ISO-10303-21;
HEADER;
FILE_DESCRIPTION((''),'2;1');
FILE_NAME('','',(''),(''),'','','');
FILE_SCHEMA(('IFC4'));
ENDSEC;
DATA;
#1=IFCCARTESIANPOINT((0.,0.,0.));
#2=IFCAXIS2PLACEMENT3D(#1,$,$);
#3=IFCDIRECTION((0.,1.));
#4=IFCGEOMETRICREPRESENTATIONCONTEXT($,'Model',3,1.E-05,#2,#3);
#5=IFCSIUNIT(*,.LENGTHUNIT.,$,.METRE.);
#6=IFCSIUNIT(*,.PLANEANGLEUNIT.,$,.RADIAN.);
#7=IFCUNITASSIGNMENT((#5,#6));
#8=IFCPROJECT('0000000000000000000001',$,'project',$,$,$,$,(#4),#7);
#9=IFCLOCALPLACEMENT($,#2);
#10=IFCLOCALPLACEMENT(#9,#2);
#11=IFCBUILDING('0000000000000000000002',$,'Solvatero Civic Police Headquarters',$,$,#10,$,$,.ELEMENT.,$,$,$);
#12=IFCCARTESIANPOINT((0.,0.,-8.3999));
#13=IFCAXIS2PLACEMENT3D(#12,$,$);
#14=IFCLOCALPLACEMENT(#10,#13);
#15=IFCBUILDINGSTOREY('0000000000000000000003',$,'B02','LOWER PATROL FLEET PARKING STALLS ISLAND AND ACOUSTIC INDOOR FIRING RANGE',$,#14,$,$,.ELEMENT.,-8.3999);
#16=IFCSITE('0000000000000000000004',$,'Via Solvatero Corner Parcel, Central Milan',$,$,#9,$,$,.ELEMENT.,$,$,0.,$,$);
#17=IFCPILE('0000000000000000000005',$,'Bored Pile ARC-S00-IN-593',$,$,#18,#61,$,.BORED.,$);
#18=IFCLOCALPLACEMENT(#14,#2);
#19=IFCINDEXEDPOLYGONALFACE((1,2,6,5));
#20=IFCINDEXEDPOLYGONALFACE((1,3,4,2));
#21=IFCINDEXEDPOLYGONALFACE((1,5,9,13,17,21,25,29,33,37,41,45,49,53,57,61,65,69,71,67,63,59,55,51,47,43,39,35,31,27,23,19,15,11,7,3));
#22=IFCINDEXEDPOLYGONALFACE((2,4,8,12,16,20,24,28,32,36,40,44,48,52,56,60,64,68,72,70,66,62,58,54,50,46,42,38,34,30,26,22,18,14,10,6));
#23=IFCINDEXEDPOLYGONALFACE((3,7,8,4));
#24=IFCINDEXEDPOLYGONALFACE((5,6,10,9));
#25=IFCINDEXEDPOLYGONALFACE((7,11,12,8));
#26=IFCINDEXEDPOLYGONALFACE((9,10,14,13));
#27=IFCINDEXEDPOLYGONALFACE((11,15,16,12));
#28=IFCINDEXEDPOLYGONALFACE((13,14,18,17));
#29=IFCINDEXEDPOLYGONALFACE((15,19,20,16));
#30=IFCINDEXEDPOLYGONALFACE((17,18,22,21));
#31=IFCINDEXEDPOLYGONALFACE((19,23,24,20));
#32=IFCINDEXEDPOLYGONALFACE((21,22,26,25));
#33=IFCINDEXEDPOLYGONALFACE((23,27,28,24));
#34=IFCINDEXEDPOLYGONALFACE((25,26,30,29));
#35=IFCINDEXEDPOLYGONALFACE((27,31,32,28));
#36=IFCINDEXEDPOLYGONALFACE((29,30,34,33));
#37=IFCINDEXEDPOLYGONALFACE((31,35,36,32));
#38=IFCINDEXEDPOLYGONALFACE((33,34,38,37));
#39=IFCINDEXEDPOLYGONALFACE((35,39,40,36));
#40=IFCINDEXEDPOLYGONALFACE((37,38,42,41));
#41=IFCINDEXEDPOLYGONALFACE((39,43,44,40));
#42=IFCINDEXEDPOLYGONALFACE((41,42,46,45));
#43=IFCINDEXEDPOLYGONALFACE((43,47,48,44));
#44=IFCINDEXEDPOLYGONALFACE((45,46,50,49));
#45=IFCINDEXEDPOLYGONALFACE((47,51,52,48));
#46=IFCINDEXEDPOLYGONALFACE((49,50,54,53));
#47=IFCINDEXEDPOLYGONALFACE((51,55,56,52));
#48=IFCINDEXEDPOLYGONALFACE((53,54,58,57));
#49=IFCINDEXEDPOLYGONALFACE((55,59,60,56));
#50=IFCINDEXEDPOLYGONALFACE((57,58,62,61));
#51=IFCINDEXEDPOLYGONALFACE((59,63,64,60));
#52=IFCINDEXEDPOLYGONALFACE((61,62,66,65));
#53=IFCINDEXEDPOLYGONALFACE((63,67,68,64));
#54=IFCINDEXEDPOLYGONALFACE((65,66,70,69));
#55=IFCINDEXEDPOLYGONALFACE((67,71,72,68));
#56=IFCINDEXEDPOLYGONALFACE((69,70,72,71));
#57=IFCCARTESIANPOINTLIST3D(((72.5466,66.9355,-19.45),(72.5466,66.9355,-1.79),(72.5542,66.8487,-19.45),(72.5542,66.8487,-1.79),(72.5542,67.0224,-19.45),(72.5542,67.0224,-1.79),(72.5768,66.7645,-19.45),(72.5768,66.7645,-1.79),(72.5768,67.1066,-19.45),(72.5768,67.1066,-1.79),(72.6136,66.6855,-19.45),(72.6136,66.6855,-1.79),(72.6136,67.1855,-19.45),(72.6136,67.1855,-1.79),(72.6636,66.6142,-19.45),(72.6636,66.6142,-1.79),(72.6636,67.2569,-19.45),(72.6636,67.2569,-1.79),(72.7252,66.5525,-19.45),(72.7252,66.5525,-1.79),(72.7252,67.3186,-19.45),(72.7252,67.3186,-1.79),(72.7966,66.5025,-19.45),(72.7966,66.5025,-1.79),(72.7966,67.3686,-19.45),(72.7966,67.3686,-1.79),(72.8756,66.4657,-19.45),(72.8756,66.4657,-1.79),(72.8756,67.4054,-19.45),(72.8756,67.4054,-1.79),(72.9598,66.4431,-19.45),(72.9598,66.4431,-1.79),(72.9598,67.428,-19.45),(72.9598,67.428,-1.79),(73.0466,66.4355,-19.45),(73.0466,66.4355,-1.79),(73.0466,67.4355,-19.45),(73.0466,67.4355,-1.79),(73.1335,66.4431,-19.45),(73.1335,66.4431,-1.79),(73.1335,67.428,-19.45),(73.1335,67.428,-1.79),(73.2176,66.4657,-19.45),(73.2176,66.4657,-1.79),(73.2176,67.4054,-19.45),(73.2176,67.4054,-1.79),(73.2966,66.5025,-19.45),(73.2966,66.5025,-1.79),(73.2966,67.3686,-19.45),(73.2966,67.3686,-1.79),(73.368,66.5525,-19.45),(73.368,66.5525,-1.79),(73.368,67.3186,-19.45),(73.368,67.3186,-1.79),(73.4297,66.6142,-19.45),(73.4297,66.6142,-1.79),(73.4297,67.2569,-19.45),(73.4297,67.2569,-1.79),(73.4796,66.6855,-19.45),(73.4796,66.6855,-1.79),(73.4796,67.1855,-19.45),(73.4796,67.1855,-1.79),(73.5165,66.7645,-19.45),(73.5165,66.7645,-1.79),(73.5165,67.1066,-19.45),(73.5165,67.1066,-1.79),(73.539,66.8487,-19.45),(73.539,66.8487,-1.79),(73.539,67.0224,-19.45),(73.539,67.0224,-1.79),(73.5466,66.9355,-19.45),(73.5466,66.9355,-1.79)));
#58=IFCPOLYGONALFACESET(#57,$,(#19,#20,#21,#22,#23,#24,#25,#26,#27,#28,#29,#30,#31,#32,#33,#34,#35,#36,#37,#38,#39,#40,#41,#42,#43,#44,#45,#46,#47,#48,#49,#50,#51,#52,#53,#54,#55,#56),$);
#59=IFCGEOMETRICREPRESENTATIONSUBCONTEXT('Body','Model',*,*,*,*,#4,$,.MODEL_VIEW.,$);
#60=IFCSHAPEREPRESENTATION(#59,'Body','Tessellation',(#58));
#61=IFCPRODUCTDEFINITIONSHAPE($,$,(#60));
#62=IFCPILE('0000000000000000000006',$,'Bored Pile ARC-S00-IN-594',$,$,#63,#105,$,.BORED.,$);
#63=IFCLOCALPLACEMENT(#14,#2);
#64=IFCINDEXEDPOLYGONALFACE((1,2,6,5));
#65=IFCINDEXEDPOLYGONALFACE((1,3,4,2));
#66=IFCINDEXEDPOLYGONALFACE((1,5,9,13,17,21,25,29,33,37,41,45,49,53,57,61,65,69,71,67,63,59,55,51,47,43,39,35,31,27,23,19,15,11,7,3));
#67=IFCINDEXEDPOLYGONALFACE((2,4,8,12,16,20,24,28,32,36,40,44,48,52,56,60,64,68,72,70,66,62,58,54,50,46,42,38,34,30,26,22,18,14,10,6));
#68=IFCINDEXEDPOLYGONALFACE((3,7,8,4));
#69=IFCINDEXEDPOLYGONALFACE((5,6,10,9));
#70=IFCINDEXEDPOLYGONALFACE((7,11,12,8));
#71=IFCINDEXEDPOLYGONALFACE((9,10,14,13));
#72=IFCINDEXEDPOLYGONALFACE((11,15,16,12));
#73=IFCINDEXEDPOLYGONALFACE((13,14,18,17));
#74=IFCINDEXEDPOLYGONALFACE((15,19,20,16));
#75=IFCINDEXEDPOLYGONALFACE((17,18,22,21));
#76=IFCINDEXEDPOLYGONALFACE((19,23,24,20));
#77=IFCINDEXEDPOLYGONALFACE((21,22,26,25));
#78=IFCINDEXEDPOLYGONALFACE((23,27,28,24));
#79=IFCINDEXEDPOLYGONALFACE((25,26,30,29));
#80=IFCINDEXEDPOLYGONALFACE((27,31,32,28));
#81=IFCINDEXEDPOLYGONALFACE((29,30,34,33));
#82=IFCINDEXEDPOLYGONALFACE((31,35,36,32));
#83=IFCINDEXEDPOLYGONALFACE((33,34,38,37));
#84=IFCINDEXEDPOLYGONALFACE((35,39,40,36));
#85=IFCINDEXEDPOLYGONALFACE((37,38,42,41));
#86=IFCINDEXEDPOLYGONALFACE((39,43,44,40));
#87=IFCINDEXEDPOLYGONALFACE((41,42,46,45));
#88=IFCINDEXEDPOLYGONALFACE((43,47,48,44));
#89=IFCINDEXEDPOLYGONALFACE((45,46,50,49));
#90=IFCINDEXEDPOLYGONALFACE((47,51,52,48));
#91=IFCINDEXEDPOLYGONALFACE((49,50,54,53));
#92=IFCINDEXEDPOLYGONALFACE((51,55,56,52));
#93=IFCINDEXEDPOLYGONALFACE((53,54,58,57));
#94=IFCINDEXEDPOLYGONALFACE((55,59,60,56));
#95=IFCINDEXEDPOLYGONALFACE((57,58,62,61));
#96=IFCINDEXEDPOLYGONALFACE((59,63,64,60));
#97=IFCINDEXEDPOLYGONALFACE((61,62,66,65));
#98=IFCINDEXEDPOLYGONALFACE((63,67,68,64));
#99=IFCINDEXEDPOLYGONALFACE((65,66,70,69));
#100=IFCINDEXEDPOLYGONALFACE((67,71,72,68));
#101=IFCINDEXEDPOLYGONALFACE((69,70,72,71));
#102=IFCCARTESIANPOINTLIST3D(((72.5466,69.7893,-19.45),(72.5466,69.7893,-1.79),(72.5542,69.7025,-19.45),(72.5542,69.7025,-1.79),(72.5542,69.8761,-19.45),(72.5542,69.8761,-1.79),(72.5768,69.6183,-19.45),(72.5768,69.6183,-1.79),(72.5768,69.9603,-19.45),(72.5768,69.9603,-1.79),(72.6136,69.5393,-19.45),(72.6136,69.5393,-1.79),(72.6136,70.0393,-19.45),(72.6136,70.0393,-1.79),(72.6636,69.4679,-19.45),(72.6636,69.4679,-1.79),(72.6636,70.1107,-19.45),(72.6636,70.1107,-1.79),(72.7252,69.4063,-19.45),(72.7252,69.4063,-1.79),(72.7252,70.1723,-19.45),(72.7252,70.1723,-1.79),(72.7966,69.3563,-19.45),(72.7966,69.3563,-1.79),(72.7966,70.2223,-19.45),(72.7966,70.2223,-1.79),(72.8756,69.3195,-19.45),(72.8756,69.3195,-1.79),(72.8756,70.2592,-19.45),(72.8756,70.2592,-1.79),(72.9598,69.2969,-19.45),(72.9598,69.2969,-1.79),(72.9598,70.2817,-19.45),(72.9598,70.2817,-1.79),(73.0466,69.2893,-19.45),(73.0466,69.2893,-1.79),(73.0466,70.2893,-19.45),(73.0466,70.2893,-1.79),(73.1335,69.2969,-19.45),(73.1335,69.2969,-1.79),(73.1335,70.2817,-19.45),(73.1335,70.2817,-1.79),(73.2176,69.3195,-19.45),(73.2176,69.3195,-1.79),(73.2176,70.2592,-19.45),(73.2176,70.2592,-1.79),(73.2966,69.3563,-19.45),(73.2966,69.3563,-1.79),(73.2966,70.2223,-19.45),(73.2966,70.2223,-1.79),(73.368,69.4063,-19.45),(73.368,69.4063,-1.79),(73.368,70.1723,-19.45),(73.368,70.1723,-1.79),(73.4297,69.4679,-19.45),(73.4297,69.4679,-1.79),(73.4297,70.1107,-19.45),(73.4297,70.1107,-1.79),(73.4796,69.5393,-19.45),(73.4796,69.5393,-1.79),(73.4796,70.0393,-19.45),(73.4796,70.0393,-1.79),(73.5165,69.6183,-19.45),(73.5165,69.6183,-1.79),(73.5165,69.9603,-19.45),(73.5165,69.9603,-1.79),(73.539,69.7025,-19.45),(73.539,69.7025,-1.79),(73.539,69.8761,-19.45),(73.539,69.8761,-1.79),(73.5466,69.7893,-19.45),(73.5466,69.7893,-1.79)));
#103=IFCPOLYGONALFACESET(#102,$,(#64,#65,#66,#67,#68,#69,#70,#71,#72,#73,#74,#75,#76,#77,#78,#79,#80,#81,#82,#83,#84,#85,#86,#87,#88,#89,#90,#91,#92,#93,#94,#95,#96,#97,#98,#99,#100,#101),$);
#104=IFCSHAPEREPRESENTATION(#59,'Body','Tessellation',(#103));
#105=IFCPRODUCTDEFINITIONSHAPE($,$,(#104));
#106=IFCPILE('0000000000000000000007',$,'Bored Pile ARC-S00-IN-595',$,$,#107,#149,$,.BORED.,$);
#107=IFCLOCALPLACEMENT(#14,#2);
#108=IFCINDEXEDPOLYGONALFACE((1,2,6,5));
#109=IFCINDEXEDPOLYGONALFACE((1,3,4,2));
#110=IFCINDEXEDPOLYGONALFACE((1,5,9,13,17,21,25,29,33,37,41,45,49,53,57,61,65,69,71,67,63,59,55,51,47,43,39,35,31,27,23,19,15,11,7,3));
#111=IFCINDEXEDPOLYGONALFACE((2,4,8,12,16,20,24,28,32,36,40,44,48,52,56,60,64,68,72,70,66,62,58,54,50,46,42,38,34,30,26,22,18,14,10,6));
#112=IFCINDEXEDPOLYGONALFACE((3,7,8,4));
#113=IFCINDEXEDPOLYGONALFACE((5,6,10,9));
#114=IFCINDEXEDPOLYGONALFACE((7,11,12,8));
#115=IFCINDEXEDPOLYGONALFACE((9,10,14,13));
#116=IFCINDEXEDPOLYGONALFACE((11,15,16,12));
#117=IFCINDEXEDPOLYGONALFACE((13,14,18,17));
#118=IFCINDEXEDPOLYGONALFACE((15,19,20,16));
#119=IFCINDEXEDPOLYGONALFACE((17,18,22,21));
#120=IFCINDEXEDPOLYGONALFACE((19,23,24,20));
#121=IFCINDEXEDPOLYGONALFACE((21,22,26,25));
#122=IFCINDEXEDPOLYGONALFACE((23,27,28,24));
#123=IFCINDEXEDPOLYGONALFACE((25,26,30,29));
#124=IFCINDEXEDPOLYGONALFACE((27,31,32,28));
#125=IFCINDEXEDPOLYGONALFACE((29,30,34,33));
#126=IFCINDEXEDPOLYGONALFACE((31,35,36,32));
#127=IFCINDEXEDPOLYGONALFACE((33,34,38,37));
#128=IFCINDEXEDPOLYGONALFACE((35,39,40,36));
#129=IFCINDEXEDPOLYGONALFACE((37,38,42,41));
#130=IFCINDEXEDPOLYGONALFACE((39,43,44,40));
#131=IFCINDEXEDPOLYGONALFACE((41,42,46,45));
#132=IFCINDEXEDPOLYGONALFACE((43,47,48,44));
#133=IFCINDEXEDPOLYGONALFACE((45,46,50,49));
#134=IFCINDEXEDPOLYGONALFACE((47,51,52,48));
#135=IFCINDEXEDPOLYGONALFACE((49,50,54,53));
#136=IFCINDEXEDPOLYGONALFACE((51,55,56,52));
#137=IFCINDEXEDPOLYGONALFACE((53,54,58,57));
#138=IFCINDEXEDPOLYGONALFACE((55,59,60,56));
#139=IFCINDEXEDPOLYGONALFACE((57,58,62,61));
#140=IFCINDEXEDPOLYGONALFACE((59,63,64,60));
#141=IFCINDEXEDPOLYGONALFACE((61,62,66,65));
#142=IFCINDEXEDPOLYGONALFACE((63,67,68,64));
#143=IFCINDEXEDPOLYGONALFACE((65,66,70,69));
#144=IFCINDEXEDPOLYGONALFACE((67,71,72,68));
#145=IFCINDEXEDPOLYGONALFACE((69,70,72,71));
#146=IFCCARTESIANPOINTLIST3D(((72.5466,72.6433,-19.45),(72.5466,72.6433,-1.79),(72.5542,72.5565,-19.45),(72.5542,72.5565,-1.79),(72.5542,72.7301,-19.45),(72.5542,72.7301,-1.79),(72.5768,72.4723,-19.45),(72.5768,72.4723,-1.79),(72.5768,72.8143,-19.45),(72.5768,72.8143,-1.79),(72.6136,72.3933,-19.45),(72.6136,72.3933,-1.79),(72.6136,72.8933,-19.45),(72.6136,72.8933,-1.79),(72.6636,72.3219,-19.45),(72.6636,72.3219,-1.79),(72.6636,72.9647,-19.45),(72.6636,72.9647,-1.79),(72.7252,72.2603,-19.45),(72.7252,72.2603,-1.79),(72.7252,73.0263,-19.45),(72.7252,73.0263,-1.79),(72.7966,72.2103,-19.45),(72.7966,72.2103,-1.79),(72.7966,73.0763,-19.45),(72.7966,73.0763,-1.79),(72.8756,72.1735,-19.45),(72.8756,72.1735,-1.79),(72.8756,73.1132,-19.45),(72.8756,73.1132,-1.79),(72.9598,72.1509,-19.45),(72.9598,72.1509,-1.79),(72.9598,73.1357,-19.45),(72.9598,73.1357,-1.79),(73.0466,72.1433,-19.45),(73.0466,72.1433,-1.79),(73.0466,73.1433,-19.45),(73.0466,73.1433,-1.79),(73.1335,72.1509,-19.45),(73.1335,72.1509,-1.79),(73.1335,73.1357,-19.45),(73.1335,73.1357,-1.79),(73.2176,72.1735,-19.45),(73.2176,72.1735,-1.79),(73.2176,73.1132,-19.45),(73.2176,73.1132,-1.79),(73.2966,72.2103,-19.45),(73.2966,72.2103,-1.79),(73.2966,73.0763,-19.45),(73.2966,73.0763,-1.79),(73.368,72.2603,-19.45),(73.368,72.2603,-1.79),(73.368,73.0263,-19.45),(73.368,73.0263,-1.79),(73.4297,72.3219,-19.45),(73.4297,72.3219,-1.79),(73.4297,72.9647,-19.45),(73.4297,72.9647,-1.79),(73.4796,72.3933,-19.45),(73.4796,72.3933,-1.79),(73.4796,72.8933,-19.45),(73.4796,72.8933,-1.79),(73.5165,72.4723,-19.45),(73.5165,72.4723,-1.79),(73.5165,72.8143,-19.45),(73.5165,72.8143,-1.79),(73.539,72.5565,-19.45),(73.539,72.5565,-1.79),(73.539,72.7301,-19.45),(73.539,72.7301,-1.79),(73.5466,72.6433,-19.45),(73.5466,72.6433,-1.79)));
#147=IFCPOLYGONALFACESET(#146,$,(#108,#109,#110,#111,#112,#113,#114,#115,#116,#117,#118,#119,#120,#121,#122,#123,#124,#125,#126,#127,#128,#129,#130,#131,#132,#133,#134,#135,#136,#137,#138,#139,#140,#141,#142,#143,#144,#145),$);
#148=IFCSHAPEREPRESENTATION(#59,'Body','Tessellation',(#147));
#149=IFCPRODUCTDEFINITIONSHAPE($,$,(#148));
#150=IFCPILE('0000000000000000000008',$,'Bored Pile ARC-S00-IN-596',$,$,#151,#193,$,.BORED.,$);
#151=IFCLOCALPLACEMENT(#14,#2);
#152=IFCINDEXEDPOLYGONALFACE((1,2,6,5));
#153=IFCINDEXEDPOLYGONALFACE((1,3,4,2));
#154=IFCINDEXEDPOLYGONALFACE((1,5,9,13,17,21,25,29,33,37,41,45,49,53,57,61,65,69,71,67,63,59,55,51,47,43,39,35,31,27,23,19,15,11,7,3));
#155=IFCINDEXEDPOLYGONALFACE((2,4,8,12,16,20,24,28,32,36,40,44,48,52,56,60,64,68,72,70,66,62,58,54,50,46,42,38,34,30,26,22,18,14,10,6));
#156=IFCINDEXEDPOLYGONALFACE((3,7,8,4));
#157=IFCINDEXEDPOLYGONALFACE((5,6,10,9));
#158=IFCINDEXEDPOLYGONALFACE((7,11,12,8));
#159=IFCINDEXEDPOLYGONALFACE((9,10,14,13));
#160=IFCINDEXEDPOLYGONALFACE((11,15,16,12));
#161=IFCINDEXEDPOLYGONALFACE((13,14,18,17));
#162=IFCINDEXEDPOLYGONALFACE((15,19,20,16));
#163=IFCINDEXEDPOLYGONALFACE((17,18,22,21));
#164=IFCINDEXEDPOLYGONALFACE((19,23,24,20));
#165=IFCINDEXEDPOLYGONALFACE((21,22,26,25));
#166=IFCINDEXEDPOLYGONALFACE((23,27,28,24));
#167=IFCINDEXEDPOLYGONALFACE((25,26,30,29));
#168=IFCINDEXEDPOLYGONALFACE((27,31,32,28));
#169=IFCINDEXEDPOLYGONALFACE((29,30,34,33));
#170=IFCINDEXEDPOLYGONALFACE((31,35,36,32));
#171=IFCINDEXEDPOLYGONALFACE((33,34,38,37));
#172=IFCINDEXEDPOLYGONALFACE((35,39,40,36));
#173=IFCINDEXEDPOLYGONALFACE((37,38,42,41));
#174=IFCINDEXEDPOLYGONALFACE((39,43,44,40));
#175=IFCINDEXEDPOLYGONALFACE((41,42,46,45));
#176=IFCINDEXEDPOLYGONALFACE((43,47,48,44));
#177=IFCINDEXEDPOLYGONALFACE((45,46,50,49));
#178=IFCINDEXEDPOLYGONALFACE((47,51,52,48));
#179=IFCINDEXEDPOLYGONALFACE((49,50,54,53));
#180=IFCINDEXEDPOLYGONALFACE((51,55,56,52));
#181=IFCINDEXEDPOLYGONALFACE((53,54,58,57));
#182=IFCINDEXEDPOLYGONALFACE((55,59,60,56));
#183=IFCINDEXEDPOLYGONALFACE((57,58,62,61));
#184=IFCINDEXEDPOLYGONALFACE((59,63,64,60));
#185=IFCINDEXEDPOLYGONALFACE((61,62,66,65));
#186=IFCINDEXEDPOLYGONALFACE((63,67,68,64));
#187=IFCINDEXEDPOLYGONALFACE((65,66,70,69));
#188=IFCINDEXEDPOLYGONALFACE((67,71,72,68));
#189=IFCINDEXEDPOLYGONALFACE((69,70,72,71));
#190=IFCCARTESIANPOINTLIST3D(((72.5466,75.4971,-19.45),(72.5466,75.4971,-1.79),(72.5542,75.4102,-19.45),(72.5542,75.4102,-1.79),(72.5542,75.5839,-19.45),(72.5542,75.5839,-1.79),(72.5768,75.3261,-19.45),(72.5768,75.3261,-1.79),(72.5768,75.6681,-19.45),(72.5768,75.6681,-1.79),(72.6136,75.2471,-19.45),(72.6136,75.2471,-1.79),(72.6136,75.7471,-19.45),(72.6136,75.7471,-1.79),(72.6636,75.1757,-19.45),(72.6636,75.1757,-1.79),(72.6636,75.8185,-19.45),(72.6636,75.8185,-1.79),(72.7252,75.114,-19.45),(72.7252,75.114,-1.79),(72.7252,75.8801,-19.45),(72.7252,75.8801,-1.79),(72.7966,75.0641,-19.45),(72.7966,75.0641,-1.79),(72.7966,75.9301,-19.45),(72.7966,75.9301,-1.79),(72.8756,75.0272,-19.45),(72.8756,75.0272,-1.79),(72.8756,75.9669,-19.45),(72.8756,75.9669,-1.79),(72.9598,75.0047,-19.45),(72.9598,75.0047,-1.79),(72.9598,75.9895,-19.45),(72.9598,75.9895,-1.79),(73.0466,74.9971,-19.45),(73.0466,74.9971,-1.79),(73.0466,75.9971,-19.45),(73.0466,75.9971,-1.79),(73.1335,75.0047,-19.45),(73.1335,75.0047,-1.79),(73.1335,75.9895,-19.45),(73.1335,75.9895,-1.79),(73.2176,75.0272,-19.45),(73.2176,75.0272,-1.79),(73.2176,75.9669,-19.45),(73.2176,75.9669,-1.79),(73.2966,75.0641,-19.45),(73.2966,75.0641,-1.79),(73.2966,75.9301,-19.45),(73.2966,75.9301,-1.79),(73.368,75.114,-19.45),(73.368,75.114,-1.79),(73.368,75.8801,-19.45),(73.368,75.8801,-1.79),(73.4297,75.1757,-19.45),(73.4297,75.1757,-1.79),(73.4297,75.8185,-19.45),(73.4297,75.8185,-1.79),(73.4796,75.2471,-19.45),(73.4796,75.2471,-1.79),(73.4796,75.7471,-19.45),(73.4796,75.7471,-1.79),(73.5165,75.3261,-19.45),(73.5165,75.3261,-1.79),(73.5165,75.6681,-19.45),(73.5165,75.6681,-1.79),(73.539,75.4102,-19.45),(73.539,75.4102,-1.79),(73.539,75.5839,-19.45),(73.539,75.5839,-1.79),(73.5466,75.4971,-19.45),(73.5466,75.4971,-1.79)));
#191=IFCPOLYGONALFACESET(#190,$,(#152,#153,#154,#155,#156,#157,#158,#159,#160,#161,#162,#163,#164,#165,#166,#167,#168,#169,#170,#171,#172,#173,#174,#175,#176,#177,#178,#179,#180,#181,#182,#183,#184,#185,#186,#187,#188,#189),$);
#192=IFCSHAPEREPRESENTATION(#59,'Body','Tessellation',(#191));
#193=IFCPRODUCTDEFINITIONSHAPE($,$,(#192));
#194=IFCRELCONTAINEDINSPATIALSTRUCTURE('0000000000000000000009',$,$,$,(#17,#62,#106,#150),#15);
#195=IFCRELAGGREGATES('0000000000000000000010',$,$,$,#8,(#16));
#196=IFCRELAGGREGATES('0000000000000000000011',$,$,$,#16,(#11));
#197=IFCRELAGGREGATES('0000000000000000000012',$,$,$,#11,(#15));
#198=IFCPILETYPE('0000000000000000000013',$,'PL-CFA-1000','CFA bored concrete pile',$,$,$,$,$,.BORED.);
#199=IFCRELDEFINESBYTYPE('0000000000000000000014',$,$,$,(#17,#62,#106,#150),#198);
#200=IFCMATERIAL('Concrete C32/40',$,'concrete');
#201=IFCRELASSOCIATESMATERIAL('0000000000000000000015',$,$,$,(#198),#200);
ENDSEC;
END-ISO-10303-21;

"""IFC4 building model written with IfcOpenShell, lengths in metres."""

from ifc_helpers import new_model, si_unit, direction, frame, origin, origin_2d, place, context, subcontext, project, spatial, circle, extrude, material, material_profile, profile_set, type_object, element, save


model = new_model("IFC4")

# Units and contexts
model_context = context("Model", 3, precision=1e-05, world=origin(), true_north=direction((0.0, 1.0)))
body_context = subcontext(model_context, "Body", "Model", "MODEL_VIEW")
ifc_project = project(units=[si_unit("LENGTHUNIT", "METRE"), si_unit("PLANEANGLEUNIT", "RADIAN")], contexts=[model_context])

# Site, building, storey
site_placement = place(None, origin())
site = spatial("IfcSite", under=ifc_project, at=site_placement, Name="Via Solvatero Corner Parcel, Central Milan", CompositionType="ELEMENT", RefElevation=0.0)
building_placement = place(site_placement, origin())
building = spatial("IfcBuilding", under=site, at=building_placement, Name="Solvatero Civic Police Headquarters", CompositionType="ELEMENT")
storey_placement = place(building_placement, frame((0.0, 0.0, -8.3999)))
storey = spatial("IfcBuildingStorey", under=building, at=storey_placement, Name="B02", Description="LOWER PATROL FLEET PARKING STALLS ISLAND AND ACOUSTIC INDOOR FIRING RANGE", CompositionType="ELEMENT", Elevation=-8.3999)

# Piles
ifc_material_1 = material(Name="Concrete C32/40", Category="concrete")
ifc_material_profile_1 = material_profile(ifc_material_1, circle(Radius=0.5, at=origin_2d()), Name="CFA PILE D1000")
ifc_profile_set_1 = profile_set([ifc_material_profile_1], Name="Concrete C32/40")
pile_type = type_object("IfcPileType", Name="PL-CFA-1000", Description="CFA bored concrete pile", PredefinedType="BORED", material=ifc_profile_set_1)
for number, where, z_axis, x_axis, name in (
    (1, (73.0466, 66.9355, -1.79), (0.0, 0.0, -1.0), (1.0, 0.0, 0.0), "Bored Pile ARC-S00-IN-593"),
    (2, (73.0466, 69.7893, -1.79), (0.0, 0.0, -1.0), (1.0, 0.0, 0.0), "Bored Pile ARC-S00-IN-594"),
    (3, (73.0466, 72.6433, -1.79), (0.0, 0.0, -1.0), (1.0, 0.0, 0.0), "Bored Pile ARC-S00-IN-595"),
    (4, (73.0466, 75.4971, -1.79), (0.0, 0.0, -1.0), (1.0, 0.0, 0.0), "Bored Pile ARC-S00-IN-596"),
):
    element("IfcPile", number, at=place(storey_placement, frame(where, z_axis=z_axis, x_axis=x_axis)), inside=storey, type_object=pile_type, Name=name, PredefinedType="BORED", context=body_context, shape_type="SweptSolid", body=[
        extrude(circle(Radius=0.5, at=origin_2d()), origin(), (0.0, 0.0, 1.0), 17.6599),
    ])

save(model, "model.ifc")
